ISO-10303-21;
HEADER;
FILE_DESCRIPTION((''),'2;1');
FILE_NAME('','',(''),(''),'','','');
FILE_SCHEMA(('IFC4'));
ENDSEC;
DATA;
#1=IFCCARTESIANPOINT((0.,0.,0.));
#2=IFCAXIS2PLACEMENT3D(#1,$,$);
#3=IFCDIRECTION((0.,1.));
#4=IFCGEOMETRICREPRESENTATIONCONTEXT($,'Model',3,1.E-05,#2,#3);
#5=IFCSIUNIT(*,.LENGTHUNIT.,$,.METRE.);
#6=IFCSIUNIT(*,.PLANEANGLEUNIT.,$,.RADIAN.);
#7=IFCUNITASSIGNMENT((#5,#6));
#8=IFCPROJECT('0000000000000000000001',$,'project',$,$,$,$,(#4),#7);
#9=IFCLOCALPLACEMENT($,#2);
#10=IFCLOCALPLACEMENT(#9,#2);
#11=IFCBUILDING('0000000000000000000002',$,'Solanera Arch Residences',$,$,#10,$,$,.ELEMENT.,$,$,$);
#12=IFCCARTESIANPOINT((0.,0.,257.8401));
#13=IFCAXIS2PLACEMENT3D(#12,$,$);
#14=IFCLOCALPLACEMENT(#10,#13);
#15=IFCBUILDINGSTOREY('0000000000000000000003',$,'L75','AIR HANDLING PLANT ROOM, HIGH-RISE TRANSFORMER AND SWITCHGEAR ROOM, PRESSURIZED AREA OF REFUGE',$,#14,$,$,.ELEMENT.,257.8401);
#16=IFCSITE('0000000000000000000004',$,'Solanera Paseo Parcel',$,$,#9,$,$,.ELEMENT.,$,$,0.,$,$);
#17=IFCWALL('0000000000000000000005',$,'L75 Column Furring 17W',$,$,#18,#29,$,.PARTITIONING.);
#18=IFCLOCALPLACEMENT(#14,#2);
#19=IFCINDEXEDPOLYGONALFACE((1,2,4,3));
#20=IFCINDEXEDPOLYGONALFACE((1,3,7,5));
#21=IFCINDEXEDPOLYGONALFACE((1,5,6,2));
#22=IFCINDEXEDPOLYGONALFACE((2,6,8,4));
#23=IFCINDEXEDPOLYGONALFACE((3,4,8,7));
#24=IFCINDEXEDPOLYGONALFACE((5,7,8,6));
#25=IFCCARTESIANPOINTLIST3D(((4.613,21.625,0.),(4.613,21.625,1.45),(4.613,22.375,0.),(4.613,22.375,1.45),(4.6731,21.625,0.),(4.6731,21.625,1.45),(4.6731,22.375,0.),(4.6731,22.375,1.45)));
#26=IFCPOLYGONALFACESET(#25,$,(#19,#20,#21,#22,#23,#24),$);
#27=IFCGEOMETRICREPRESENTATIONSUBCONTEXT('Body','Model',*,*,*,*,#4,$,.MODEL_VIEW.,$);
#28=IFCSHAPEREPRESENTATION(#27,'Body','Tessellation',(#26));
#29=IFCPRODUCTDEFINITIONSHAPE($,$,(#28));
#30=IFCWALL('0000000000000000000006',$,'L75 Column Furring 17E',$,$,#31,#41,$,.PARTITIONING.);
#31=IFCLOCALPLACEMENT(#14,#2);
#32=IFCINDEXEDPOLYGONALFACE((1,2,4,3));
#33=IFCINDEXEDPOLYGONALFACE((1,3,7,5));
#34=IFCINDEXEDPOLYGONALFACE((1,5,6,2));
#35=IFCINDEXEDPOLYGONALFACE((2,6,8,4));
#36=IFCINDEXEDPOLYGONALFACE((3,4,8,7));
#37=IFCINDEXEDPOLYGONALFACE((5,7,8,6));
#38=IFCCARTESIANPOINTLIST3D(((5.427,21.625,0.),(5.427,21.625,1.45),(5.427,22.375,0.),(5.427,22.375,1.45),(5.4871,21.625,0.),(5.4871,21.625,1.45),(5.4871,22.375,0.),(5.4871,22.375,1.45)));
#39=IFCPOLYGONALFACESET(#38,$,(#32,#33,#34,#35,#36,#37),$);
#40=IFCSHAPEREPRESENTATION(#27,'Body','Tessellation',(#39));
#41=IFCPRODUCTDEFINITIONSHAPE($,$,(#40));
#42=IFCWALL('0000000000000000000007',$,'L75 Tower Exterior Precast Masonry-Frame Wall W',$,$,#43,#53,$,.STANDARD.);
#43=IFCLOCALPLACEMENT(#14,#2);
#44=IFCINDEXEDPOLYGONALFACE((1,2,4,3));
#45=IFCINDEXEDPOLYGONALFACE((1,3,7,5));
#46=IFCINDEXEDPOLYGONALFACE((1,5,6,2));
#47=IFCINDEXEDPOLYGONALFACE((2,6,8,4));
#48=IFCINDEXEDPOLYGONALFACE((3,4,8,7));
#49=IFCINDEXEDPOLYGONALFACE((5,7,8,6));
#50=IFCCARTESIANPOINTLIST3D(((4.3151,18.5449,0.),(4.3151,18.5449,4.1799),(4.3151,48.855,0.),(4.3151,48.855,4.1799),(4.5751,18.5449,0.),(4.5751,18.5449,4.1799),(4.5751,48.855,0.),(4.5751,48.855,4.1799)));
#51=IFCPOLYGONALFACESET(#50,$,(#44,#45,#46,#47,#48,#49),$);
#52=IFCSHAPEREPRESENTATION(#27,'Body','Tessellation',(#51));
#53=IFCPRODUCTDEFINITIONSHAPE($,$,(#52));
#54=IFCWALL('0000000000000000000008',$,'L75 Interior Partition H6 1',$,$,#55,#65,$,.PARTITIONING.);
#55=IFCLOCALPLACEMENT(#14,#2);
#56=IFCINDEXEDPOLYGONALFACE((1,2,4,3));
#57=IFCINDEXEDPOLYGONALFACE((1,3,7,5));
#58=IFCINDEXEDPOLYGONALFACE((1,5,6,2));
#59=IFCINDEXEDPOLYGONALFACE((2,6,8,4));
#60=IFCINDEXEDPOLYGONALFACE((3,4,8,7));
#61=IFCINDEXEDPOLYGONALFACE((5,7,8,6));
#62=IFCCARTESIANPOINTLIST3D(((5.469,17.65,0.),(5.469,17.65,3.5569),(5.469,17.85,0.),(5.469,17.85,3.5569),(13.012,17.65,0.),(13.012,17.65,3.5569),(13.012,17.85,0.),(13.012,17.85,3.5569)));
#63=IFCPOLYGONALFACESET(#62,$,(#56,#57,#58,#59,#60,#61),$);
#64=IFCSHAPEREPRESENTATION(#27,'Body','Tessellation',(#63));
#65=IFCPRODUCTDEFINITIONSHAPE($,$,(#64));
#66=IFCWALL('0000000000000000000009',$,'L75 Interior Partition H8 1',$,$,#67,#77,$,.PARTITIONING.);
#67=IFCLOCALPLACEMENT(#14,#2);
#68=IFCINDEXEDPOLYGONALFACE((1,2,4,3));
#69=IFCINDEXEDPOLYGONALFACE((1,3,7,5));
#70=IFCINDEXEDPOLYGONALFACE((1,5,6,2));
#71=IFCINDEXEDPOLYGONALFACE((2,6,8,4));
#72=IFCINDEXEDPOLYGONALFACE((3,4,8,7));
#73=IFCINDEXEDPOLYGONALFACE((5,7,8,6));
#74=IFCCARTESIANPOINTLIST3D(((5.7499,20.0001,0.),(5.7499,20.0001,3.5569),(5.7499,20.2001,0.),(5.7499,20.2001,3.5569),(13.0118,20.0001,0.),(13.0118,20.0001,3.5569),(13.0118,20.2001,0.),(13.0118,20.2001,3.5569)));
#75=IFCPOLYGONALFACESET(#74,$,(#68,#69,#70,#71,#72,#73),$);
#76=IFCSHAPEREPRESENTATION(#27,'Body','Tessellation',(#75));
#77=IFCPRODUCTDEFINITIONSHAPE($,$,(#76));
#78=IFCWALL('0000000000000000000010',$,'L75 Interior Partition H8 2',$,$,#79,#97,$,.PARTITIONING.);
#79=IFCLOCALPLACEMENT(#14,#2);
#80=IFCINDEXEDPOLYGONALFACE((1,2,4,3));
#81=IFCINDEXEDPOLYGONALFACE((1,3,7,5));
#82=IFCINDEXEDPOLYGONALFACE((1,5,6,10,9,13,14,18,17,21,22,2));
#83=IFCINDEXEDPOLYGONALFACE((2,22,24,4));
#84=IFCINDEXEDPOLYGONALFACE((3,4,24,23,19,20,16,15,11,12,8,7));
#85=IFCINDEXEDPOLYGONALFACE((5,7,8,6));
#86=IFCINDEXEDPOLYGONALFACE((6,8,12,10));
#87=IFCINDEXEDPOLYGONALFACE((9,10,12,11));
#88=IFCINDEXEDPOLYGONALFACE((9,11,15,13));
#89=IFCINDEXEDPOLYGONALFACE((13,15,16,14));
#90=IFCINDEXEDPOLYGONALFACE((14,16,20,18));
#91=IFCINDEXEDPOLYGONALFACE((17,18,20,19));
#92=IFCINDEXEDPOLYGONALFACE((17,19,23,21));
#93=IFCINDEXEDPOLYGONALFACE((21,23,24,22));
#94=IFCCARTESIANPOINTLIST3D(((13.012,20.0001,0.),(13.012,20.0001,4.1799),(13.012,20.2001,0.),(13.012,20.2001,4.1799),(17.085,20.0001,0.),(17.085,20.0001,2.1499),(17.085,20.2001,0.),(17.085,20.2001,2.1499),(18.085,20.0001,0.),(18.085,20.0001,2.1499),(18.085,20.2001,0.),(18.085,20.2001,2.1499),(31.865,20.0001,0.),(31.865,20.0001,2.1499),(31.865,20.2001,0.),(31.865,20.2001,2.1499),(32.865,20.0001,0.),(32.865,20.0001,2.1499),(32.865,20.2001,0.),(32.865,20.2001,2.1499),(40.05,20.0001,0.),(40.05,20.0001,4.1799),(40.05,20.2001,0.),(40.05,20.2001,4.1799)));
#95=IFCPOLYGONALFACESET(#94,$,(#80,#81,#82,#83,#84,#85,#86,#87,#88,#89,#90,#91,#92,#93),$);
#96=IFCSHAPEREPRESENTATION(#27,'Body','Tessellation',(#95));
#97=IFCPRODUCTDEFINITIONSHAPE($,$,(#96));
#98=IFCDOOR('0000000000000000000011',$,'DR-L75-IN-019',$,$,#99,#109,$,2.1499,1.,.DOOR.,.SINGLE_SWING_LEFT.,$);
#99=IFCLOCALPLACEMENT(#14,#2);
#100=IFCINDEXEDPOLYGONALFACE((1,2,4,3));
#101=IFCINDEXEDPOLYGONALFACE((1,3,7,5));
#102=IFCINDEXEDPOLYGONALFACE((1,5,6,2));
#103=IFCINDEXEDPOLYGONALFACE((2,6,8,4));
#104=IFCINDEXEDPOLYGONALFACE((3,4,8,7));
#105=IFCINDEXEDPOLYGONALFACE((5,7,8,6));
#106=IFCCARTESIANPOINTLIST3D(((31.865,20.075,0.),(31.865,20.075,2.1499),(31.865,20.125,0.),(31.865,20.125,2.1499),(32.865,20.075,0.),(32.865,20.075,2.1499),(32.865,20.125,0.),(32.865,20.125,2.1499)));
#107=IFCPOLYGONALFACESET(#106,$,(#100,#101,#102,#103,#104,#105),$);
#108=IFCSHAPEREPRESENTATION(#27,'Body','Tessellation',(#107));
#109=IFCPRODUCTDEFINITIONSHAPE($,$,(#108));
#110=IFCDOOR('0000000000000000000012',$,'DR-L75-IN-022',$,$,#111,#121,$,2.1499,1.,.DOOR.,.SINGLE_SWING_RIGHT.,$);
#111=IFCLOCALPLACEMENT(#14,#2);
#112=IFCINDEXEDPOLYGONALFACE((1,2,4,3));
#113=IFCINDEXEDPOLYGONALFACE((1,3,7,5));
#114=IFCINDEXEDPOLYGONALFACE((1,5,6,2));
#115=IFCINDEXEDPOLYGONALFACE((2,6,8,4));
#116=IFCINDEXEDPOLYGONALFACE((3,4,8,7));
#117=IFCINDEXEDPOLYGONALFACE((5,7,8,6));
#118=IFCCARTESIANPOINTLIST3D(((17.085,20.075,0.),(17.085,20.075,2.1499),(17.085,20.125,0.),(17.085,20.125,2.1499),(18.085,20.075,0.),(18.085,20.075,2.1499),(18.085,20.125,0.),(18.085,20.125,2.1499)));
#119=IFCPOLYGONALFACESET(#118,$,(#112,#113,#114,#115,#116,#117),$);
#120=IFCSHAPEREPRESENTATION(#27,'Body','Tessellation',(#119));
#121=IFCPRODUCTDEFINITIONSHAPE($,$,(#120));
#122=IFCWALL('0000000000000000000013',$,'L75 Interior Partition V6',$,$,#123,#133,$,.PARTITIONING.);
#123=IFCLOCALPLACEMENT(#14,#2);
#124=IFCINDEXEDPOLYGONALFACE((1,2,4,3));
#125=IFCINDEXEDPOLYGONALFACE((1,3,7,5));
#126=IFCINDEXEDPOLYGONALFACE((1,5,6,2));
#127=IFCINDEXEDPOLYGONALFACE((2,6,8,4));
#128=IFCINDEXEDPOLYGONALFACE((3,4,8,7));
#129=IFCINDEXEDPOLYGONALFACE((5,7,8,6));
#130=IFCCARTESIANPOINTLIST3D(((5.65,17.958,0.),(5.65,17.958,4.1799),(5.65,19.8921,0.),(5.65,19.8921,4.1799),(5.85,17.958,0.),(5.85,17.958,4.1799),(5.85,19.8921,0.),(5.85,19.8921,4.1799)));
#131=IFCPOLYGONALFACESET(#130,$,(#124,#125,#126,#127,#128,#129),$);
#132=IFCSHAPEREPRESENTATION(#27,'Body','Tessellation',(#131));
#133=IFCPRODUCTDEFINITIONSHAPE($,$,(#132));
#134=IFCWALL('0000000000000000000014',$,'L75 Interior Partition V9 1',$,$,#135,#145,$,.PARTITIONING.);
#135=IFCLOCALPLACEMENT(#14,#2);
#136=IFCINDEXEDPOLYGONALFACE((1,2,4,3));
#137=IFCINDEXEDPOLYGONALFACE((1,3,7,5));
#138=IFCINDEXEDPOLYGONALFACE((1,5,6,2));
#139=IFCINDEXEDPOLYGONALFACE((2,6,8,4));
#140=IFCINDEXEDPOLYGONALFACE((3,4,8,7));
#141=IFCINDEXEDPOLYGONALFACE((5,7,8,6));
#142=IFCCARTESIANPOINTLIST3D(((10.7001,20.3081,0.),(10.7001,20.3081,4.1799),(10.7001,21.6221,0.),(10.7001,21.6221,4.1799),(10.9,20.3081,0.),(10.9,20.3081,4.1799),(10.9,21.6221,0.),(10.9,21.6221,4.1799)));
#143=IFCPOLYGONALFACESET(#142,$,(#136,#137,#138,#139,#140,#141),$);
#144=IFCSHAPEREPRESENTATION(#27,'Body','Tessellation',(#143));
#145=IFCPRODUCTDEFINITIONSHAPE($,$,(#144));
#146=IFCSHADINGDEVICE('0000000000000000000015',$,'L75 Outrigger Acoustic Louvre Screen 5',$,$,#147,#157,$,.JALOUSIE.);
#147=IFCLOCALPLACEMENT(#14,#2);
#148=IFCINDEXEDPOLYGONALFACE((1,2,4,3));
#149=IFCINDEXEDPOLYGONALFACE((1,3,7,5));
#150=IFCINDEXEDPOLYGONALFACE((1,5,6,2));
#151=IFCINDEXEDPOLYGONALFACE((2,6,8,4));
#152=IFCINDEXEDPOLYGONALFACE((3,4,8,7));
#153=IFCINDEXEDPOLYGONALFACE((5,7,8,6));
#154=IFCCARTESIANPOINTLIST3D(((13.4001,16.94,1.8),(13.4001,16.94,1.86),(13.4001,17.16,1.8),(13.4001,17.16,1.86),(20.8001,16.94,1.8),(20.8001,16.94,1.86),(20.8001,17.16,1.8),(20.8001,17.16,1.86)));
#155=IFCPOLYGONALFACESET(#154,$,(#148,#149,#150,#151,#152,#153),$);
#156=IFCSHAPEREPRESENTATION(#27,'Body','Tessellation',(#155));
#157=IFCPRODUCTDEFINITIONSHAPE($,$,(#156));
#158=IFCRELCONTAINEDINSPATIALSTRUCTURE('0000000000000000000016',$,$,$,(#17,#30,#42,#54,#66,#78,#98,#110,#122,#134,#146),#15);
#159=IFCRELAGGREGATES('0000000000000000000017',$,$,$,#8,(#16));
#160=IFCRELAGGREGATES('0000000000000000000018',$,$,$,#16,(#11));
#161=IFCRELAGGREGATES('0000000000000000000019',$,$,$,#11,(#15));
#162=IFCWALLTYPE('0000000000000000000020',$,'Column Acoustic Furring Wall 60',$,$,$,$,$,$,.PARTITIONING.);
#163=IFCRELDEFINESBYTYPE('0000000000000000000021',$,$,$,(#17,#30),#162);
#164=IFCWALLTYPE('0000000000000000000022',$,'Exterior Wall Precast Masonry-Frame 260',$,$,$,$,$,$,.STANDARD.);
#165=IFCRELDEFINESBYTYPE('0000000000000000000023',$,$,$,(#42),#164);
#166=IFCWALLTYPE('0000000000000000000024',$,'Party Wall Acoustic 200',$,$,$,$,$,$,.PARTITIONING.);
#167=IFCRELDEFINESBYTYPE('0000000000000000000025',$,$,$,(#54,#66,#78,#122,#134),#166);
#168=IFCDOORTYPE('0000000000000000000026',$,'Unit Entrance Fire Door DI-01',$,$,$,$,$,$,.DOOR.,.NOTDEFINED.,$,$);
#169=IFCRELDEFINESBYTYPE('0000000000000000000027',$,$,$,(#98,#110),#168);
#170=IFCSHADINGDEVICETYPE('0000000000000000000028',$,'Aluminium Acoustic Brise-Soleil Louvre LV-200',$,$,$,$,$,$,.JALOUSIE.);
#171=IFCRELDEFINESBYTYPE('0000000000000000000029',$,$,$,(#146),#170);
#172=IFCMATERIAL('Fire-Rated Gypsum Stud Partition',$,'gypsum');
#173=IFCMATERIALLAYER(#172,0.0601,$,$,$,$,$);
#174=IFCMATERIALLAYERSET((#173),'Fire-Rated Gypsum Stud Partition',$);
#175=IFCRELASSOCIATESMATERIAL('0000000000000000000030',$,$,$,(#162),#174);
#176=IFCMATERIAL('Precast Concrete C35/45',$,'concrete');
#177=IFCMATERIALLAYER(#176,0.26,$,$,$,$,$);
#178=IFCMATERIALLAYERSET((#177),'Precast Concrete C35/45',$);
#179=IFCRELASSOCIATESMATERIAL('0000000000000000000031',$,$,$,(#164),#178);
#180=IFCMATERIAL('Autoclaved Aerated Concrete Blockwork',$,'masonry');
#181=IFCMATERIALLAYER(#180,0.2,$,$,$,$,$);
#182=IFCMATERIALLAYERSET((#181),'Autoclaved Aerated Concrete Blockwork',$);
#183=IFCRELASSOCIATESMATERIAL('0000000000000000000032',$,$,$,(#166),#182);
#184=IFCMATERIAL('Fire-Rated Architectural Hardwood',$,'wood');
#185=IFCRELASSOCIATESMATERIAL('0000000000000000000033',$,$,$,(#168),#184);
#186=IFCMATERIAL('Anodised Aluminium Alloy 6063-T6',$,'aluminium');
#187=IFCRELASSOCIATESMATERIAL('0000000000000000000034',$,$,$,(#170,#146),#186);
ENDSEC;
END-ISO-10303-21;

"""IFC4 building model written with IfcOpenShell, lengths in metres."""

from ifc_helpers import new_model, si_unit, direction, frame, frame_2d, origin, origin_2d, place, context, subcontext, project, spatial, rectangle, extrude, material, layer, layer_set, type_object, element, fill, save


model = new_model("IFC4")

# Units and contexts
model_context = context("Model", 3, precision=1e-05, world=origin(), true_north=direction((0.0, 1.0)))
body_context = subcontext(model_context, "Body", "Model", "MODEL_VIEW")
ifc_project = project(units=[si_unit("LENGTHUNIT", "METRE"), si_unit("PLANEANGLEUNIT", "RADIAN")], contexts=[model_context])

# Site, building, storey
site_placement = place(None, origin())
site = spatial("IfcSite", under=ifc_project, at=site_placement, Name="Solanera Paseo Parcel", CompositionType="ELEMENT", RefElevation=0.0)
building_placement = place(site_placement, origin())
building = spatial("IfcBuilding", under=site, at=building_placement, Name="Solanera Arch Residences", CompositionType="ELEMENT")
storey_placement = place(building_placement, frame((0.0, 0.0, 257.8401)))
storey = spatial("IfcBuildingStorey", under=building, at=storey_placement, Name="L75", Description="AIR HANDLING PLANT ROOM, HIGH-RISE TRANSFORMER AND SWITCHGEAR ROOM, PRESSURIZED AREA OF REFUGE", CompositionType="ELEMENT", Elevation=257.8401)

# Walls
ifc_material_1 = material(Name="Fire-Rated Gypsum Stud Partition", Category="gypsum")
ifc_layer_1 = layer(ifc_material_1, 0.0601)
ifc_layer_set_1 = layer_set([ifc_layer_1], Name="Fire-Rated Gypsum Stud Partition")
wall_type_1 = type_object("IfcWallType", Name="Column Acoustic Furring Wall 60", PredefinedType="PARTITIONING", material=ifc_layer_set_1)
for number, where, z_axis, x_axis, name in (
    (1, (4.6431, 21.625, 0.0), (0.0, 0.0, 1.0), (0.0, 1.0, 0.0), "L75 Column Furring 17W"),
    (2, (5.457, 21.625, 0.0), (0.0, 0.0, 1.0), (0.0, 1.0, 0.0), "L75 Column Furring 17E"),
):
    element("IfcWall", number, at=place(storey_placement, frame(where, z_axis=z_axis, x_axis=x_axis)), inside=storey, type_object=wall_type_1, Name=name, PredefinedType="PARTITIONING", context=body_context, shape_type="SweptSolid", body=[
        extrude(rectangle(XDim=0.75, YDim=0.0601, at=frame_2d((0.375, 0.0))), origin(), (0.0, 0.0, 1.0), 1.45),
    ])
ifc_material_2 = material(Name="Precast Concrete C35/45", Category="concrete")
ifc_layer_2 = layer(ifc_material_2, 0.26)
ifc_layer_set_2 = layer_set([ifc_layer_2], Name="Precast Concrete C35/45")
wall_type_2 = type_object("IfcWallType", Name="Exterior Wall Precast Masonry-Frame 260", PredefinedType="STANDARD", material=ifc_layer_set_2)
wall_1_placement = place(storey_placement, frame((4.4451, 18.5449, 0.0), z_axis=(0.0, 0.0, 1.0), x_axis=(0.0, 1.0, 0.0)))
element("IfcWall", 3, at=wall_1_placement, inside=storey, type_object=wall_type_2, Name="L75 Tower Exterior Precast Masonry-Frame Wall W", PredefinedType="STANDARD", context=body_context, shape_type="SweptSolid", body=[
    extrude(rectangle(XDim=30.3101, YDim=0.26, at=frame_2d((15.155, 0.0))), origin(), (0.0, 0.0, 1.0), 4.1799),
])
ifc_material_3 = material(Name="Autoclaved Aerated Concrete Blockwork", Category="masonry")
ifc_layer_3 = layer(ifc_material_3, 0.2)
ifc_layer_set_3 = layer_set([ifc_layer_3], Name="Autoclaved Aerated Concrete Blockwork")
wall_type_3 = type_object("IfcWallType", Name="Party Wall Acoustic 200", PredefinedType="PARTITIONING", material=ifc_layer_set_3)
wall_2_placement = place(storey_placement, frame((5.469, 17.75, 0.0), z_axis=(0.0, 0.0, 1.0), x_axis=(1.0, 0.0, 0.0)))
element("IfcWall", 4, at=wall_2_placement, inside=storey, type_object=wall_type_3, Name="L75 Interior Partition H6 1", PredefinedType="PARTITIONING", context=body_context, shape_type="SweptSolid", body=[
    extrude(rectangle(XDim=7.543, YDim=0.2, at=frame_2d((3.7715, 0.0))), origin(), (0.0, 0.0, 1.0), 3.5569),
])
wall_3_placement = place(storey_placement, frame((5.75, 20.1001, 0.0), z_axis=(0.0, 0.0, 1.0), x_axis=(1.0, 0.0, 0.0)))
element("IfcWall", 5, at=wall_3_placement, inside=storey, type_object=wall_type_3, Name="L75 Interior Partition H8 1", PredefinedType="PARTITIONING", context=body_context, shape_type="SweptSolid", body=[
    extrude(rectangle(XDim=7.262, YDim=0.2, at=frame_2d((3.6309, 0.0))), origin(), (0.0, 0.0, 1.0), 3.5569),
])

# Wall, openings, doors
wall_4_placement = place(storey_placement, frame((13.012, 20.1001, 0.0), z_axis=(0.0, 0.0, 1.0), x_axis=(1.0, 0.0, 0.0)))
wall_4 = element("IfcWall", 6, at=wall_4_placement, inside=storey, type_object=wall_type_3, Name="L75 Interior Partition H8 2", PredefinedType="PARTITIONING", context=body_context, shape_type="SweptSolid", body=[
    extrude(rectangle(XDim=27.0381, YDim=0.2, at=frame_2d((13.519, 0.0))), origin(), (0.0, 0.0, 1.0), 4.1799),
])
opening_1_placement = place(wall_4_placement, frame((18.853, 0.0, 0.0)))
opening_1 = element("IfcOpeningElement", 7, at=opening_1_placement, cuts=wall_4, PredefinedType="OPENING", context=body_context, shape_type="SweptSolid", body=[
    extrude(rectangle(XDim=1.0, YDim=2.1499, at=frame_2d((0.5, 1.075))), frame((0.0, 0.1101, 0.0), z_axis=(0.0, -1.0, 0.0), x_axis=(1.0, 0.0, 0.0)), (0.0, 0.0, 1.0), 0.22),
])
opening_2_placement = place(wall_4_placement, frame((4.073, 0.0, 0.0)))
opening_2 = element("IfcOpeningElement", 8, at=opening_2_placement, cuts=wall_4, PredefinedType="OPENING", context=body_context, shape_type="SweptSolid", body=[
    extrude(rectangle(XDim=1.0, YDim=2.1499, at=frame_2d((0.5, 1.075))), frame((0.0, 0.1101, 0.0), z_axis=(0.0, -1.0, 0.0), x_axis=(1.0, 0.0, 0.0)), (0.0, 0.0, 1.0), 0.22),
])
ifc_material_4 = material(Name="Fire-Rated Architectural Hardwood", Category="wood")
door_type = type_object("IfcDoorType", Name="Unit Entrance Fire Door DI-01", OperationType="NOTDEFINED", PredefinedType="DOOR", material=ifc_material_4)
door_1_placement = place(opening_1_placement, origin())
door_1 = element("IfcDoor", 9, at=door_1_placement, inside=storey, type_object=door_type, Name="DR-L75-IN-019", OperationType="SINGLE_SWING_LEFT", OverallHeight=2.1499, OverallWidth=1.0, PredefinedType="DOOR", context=body_context, shape_type="SweptSolid", body=[
    extrude(rectangle(XDim=1.0, YDim=2.1499, at=frame_2d((0.5, 1.075))), frame((0.0, 0.0249, 0.0), z_axis=(0.0, -1.0, 0.0), x_axis=(1.0, 0.0, 0.0)), (0.0, 0.0, 1.0), 0.05),
])
fill(opening_1, door_1)
door_2_placement = place(opening_2_placement, origin())
door_2 = element("IfcDoor", 10, at=door_2_placement, inside=storey, type_object=door_type, Name="DR-L75-IN-022", OperationType="SINGLE_SWING_RIGHT", OverallHeight=2.1499, OverallWidth=1.0, PredefinedType="DOOR", context=body_context, shape_type="SweptSolid", body=[
    extrude(rectangle(XDim=1.0, YDim=2.1499, at=frame_2d((0.5, 1.075))), frame((0.0, 0.0249, 0.0), z_axis=(0.0, -1.0, 0.0), x_axis=(1.0, 0.0, 0.0)), (0.0, 0.0, 1.0), 0.05),
])
fill(opening_2, door_2)

# Walls
wall_5_placement = place(storey_placement, frame((5.75, 17.958, 0.0), z_axis=(0.0, 0.0, 1.0), x_axis=(0.0, 1.0, 0.0)))
element("IfcWall", 11, at=wall_5_placement, inside=storey, type_object=wall_type_3, Name="L75 Interior Partition V6", PredefinedType="PARTITIONING", context=body_context, shape_type="SweptSolid", body=[
    extrude(rectangle(XDim=1.9341, YDim=0.2, at=frame_2d((0.967, 0.0))), origin(), (0.0, 0.0, 1.0), 4.1799),
])
wall_6_placement = place(storey_placement, frame((10.8, 20.3081, 0.0), z_axis=(0.0, 0.0, 1.0), x_axis=(0.0, 1.0, 0.0)))
element("IfcWall", 12, at=wall_6_placement, inside=storey, type_object=wall_type_3, Name="L75 Interior Partition V9 1", PredefinedType="PARTITIONING", context=body_context, shape_type="SweptSolid", body=[
    extrude(rectangle(XDim=1.314, YDim=0.2, at=frame_2d((0.657, 0.0))), origin(), (0.0, 0.0, 1.0), 4.1799),
])

# Shading device
ifc_material_5 = material(Name="Anodised Aluminium Alloy 6063-T6", Category="aluminium")
shading_device_type = type_object("IfcShadingDeviceType", Name="Aluminium Acoustic Brise-Soleil Louvre LV-200", PredefinedType="JALOUSIE", material=ifc_material_5)
shading_device_placement = place(storey_placement, frame((17.1001, 17.05, 1.8)))
element("IfcShadingDevice", 13, at=shading_device_placement, inside=storey, type_object=shading_device_type, material=ifc_material_5, Name="L75 Outrigger Acoustic Louvre Screen 5", PredefinedType="JALOUSIE", context=body_context, shape_type="SweptSolid", body=[
    extrude(rectangle(XDim=7.4, YDim=0.22, at=origin_2d()), origin(), (0.0, 0.0, 1.0), 0.06),
])

save(model, "model.ifc")
